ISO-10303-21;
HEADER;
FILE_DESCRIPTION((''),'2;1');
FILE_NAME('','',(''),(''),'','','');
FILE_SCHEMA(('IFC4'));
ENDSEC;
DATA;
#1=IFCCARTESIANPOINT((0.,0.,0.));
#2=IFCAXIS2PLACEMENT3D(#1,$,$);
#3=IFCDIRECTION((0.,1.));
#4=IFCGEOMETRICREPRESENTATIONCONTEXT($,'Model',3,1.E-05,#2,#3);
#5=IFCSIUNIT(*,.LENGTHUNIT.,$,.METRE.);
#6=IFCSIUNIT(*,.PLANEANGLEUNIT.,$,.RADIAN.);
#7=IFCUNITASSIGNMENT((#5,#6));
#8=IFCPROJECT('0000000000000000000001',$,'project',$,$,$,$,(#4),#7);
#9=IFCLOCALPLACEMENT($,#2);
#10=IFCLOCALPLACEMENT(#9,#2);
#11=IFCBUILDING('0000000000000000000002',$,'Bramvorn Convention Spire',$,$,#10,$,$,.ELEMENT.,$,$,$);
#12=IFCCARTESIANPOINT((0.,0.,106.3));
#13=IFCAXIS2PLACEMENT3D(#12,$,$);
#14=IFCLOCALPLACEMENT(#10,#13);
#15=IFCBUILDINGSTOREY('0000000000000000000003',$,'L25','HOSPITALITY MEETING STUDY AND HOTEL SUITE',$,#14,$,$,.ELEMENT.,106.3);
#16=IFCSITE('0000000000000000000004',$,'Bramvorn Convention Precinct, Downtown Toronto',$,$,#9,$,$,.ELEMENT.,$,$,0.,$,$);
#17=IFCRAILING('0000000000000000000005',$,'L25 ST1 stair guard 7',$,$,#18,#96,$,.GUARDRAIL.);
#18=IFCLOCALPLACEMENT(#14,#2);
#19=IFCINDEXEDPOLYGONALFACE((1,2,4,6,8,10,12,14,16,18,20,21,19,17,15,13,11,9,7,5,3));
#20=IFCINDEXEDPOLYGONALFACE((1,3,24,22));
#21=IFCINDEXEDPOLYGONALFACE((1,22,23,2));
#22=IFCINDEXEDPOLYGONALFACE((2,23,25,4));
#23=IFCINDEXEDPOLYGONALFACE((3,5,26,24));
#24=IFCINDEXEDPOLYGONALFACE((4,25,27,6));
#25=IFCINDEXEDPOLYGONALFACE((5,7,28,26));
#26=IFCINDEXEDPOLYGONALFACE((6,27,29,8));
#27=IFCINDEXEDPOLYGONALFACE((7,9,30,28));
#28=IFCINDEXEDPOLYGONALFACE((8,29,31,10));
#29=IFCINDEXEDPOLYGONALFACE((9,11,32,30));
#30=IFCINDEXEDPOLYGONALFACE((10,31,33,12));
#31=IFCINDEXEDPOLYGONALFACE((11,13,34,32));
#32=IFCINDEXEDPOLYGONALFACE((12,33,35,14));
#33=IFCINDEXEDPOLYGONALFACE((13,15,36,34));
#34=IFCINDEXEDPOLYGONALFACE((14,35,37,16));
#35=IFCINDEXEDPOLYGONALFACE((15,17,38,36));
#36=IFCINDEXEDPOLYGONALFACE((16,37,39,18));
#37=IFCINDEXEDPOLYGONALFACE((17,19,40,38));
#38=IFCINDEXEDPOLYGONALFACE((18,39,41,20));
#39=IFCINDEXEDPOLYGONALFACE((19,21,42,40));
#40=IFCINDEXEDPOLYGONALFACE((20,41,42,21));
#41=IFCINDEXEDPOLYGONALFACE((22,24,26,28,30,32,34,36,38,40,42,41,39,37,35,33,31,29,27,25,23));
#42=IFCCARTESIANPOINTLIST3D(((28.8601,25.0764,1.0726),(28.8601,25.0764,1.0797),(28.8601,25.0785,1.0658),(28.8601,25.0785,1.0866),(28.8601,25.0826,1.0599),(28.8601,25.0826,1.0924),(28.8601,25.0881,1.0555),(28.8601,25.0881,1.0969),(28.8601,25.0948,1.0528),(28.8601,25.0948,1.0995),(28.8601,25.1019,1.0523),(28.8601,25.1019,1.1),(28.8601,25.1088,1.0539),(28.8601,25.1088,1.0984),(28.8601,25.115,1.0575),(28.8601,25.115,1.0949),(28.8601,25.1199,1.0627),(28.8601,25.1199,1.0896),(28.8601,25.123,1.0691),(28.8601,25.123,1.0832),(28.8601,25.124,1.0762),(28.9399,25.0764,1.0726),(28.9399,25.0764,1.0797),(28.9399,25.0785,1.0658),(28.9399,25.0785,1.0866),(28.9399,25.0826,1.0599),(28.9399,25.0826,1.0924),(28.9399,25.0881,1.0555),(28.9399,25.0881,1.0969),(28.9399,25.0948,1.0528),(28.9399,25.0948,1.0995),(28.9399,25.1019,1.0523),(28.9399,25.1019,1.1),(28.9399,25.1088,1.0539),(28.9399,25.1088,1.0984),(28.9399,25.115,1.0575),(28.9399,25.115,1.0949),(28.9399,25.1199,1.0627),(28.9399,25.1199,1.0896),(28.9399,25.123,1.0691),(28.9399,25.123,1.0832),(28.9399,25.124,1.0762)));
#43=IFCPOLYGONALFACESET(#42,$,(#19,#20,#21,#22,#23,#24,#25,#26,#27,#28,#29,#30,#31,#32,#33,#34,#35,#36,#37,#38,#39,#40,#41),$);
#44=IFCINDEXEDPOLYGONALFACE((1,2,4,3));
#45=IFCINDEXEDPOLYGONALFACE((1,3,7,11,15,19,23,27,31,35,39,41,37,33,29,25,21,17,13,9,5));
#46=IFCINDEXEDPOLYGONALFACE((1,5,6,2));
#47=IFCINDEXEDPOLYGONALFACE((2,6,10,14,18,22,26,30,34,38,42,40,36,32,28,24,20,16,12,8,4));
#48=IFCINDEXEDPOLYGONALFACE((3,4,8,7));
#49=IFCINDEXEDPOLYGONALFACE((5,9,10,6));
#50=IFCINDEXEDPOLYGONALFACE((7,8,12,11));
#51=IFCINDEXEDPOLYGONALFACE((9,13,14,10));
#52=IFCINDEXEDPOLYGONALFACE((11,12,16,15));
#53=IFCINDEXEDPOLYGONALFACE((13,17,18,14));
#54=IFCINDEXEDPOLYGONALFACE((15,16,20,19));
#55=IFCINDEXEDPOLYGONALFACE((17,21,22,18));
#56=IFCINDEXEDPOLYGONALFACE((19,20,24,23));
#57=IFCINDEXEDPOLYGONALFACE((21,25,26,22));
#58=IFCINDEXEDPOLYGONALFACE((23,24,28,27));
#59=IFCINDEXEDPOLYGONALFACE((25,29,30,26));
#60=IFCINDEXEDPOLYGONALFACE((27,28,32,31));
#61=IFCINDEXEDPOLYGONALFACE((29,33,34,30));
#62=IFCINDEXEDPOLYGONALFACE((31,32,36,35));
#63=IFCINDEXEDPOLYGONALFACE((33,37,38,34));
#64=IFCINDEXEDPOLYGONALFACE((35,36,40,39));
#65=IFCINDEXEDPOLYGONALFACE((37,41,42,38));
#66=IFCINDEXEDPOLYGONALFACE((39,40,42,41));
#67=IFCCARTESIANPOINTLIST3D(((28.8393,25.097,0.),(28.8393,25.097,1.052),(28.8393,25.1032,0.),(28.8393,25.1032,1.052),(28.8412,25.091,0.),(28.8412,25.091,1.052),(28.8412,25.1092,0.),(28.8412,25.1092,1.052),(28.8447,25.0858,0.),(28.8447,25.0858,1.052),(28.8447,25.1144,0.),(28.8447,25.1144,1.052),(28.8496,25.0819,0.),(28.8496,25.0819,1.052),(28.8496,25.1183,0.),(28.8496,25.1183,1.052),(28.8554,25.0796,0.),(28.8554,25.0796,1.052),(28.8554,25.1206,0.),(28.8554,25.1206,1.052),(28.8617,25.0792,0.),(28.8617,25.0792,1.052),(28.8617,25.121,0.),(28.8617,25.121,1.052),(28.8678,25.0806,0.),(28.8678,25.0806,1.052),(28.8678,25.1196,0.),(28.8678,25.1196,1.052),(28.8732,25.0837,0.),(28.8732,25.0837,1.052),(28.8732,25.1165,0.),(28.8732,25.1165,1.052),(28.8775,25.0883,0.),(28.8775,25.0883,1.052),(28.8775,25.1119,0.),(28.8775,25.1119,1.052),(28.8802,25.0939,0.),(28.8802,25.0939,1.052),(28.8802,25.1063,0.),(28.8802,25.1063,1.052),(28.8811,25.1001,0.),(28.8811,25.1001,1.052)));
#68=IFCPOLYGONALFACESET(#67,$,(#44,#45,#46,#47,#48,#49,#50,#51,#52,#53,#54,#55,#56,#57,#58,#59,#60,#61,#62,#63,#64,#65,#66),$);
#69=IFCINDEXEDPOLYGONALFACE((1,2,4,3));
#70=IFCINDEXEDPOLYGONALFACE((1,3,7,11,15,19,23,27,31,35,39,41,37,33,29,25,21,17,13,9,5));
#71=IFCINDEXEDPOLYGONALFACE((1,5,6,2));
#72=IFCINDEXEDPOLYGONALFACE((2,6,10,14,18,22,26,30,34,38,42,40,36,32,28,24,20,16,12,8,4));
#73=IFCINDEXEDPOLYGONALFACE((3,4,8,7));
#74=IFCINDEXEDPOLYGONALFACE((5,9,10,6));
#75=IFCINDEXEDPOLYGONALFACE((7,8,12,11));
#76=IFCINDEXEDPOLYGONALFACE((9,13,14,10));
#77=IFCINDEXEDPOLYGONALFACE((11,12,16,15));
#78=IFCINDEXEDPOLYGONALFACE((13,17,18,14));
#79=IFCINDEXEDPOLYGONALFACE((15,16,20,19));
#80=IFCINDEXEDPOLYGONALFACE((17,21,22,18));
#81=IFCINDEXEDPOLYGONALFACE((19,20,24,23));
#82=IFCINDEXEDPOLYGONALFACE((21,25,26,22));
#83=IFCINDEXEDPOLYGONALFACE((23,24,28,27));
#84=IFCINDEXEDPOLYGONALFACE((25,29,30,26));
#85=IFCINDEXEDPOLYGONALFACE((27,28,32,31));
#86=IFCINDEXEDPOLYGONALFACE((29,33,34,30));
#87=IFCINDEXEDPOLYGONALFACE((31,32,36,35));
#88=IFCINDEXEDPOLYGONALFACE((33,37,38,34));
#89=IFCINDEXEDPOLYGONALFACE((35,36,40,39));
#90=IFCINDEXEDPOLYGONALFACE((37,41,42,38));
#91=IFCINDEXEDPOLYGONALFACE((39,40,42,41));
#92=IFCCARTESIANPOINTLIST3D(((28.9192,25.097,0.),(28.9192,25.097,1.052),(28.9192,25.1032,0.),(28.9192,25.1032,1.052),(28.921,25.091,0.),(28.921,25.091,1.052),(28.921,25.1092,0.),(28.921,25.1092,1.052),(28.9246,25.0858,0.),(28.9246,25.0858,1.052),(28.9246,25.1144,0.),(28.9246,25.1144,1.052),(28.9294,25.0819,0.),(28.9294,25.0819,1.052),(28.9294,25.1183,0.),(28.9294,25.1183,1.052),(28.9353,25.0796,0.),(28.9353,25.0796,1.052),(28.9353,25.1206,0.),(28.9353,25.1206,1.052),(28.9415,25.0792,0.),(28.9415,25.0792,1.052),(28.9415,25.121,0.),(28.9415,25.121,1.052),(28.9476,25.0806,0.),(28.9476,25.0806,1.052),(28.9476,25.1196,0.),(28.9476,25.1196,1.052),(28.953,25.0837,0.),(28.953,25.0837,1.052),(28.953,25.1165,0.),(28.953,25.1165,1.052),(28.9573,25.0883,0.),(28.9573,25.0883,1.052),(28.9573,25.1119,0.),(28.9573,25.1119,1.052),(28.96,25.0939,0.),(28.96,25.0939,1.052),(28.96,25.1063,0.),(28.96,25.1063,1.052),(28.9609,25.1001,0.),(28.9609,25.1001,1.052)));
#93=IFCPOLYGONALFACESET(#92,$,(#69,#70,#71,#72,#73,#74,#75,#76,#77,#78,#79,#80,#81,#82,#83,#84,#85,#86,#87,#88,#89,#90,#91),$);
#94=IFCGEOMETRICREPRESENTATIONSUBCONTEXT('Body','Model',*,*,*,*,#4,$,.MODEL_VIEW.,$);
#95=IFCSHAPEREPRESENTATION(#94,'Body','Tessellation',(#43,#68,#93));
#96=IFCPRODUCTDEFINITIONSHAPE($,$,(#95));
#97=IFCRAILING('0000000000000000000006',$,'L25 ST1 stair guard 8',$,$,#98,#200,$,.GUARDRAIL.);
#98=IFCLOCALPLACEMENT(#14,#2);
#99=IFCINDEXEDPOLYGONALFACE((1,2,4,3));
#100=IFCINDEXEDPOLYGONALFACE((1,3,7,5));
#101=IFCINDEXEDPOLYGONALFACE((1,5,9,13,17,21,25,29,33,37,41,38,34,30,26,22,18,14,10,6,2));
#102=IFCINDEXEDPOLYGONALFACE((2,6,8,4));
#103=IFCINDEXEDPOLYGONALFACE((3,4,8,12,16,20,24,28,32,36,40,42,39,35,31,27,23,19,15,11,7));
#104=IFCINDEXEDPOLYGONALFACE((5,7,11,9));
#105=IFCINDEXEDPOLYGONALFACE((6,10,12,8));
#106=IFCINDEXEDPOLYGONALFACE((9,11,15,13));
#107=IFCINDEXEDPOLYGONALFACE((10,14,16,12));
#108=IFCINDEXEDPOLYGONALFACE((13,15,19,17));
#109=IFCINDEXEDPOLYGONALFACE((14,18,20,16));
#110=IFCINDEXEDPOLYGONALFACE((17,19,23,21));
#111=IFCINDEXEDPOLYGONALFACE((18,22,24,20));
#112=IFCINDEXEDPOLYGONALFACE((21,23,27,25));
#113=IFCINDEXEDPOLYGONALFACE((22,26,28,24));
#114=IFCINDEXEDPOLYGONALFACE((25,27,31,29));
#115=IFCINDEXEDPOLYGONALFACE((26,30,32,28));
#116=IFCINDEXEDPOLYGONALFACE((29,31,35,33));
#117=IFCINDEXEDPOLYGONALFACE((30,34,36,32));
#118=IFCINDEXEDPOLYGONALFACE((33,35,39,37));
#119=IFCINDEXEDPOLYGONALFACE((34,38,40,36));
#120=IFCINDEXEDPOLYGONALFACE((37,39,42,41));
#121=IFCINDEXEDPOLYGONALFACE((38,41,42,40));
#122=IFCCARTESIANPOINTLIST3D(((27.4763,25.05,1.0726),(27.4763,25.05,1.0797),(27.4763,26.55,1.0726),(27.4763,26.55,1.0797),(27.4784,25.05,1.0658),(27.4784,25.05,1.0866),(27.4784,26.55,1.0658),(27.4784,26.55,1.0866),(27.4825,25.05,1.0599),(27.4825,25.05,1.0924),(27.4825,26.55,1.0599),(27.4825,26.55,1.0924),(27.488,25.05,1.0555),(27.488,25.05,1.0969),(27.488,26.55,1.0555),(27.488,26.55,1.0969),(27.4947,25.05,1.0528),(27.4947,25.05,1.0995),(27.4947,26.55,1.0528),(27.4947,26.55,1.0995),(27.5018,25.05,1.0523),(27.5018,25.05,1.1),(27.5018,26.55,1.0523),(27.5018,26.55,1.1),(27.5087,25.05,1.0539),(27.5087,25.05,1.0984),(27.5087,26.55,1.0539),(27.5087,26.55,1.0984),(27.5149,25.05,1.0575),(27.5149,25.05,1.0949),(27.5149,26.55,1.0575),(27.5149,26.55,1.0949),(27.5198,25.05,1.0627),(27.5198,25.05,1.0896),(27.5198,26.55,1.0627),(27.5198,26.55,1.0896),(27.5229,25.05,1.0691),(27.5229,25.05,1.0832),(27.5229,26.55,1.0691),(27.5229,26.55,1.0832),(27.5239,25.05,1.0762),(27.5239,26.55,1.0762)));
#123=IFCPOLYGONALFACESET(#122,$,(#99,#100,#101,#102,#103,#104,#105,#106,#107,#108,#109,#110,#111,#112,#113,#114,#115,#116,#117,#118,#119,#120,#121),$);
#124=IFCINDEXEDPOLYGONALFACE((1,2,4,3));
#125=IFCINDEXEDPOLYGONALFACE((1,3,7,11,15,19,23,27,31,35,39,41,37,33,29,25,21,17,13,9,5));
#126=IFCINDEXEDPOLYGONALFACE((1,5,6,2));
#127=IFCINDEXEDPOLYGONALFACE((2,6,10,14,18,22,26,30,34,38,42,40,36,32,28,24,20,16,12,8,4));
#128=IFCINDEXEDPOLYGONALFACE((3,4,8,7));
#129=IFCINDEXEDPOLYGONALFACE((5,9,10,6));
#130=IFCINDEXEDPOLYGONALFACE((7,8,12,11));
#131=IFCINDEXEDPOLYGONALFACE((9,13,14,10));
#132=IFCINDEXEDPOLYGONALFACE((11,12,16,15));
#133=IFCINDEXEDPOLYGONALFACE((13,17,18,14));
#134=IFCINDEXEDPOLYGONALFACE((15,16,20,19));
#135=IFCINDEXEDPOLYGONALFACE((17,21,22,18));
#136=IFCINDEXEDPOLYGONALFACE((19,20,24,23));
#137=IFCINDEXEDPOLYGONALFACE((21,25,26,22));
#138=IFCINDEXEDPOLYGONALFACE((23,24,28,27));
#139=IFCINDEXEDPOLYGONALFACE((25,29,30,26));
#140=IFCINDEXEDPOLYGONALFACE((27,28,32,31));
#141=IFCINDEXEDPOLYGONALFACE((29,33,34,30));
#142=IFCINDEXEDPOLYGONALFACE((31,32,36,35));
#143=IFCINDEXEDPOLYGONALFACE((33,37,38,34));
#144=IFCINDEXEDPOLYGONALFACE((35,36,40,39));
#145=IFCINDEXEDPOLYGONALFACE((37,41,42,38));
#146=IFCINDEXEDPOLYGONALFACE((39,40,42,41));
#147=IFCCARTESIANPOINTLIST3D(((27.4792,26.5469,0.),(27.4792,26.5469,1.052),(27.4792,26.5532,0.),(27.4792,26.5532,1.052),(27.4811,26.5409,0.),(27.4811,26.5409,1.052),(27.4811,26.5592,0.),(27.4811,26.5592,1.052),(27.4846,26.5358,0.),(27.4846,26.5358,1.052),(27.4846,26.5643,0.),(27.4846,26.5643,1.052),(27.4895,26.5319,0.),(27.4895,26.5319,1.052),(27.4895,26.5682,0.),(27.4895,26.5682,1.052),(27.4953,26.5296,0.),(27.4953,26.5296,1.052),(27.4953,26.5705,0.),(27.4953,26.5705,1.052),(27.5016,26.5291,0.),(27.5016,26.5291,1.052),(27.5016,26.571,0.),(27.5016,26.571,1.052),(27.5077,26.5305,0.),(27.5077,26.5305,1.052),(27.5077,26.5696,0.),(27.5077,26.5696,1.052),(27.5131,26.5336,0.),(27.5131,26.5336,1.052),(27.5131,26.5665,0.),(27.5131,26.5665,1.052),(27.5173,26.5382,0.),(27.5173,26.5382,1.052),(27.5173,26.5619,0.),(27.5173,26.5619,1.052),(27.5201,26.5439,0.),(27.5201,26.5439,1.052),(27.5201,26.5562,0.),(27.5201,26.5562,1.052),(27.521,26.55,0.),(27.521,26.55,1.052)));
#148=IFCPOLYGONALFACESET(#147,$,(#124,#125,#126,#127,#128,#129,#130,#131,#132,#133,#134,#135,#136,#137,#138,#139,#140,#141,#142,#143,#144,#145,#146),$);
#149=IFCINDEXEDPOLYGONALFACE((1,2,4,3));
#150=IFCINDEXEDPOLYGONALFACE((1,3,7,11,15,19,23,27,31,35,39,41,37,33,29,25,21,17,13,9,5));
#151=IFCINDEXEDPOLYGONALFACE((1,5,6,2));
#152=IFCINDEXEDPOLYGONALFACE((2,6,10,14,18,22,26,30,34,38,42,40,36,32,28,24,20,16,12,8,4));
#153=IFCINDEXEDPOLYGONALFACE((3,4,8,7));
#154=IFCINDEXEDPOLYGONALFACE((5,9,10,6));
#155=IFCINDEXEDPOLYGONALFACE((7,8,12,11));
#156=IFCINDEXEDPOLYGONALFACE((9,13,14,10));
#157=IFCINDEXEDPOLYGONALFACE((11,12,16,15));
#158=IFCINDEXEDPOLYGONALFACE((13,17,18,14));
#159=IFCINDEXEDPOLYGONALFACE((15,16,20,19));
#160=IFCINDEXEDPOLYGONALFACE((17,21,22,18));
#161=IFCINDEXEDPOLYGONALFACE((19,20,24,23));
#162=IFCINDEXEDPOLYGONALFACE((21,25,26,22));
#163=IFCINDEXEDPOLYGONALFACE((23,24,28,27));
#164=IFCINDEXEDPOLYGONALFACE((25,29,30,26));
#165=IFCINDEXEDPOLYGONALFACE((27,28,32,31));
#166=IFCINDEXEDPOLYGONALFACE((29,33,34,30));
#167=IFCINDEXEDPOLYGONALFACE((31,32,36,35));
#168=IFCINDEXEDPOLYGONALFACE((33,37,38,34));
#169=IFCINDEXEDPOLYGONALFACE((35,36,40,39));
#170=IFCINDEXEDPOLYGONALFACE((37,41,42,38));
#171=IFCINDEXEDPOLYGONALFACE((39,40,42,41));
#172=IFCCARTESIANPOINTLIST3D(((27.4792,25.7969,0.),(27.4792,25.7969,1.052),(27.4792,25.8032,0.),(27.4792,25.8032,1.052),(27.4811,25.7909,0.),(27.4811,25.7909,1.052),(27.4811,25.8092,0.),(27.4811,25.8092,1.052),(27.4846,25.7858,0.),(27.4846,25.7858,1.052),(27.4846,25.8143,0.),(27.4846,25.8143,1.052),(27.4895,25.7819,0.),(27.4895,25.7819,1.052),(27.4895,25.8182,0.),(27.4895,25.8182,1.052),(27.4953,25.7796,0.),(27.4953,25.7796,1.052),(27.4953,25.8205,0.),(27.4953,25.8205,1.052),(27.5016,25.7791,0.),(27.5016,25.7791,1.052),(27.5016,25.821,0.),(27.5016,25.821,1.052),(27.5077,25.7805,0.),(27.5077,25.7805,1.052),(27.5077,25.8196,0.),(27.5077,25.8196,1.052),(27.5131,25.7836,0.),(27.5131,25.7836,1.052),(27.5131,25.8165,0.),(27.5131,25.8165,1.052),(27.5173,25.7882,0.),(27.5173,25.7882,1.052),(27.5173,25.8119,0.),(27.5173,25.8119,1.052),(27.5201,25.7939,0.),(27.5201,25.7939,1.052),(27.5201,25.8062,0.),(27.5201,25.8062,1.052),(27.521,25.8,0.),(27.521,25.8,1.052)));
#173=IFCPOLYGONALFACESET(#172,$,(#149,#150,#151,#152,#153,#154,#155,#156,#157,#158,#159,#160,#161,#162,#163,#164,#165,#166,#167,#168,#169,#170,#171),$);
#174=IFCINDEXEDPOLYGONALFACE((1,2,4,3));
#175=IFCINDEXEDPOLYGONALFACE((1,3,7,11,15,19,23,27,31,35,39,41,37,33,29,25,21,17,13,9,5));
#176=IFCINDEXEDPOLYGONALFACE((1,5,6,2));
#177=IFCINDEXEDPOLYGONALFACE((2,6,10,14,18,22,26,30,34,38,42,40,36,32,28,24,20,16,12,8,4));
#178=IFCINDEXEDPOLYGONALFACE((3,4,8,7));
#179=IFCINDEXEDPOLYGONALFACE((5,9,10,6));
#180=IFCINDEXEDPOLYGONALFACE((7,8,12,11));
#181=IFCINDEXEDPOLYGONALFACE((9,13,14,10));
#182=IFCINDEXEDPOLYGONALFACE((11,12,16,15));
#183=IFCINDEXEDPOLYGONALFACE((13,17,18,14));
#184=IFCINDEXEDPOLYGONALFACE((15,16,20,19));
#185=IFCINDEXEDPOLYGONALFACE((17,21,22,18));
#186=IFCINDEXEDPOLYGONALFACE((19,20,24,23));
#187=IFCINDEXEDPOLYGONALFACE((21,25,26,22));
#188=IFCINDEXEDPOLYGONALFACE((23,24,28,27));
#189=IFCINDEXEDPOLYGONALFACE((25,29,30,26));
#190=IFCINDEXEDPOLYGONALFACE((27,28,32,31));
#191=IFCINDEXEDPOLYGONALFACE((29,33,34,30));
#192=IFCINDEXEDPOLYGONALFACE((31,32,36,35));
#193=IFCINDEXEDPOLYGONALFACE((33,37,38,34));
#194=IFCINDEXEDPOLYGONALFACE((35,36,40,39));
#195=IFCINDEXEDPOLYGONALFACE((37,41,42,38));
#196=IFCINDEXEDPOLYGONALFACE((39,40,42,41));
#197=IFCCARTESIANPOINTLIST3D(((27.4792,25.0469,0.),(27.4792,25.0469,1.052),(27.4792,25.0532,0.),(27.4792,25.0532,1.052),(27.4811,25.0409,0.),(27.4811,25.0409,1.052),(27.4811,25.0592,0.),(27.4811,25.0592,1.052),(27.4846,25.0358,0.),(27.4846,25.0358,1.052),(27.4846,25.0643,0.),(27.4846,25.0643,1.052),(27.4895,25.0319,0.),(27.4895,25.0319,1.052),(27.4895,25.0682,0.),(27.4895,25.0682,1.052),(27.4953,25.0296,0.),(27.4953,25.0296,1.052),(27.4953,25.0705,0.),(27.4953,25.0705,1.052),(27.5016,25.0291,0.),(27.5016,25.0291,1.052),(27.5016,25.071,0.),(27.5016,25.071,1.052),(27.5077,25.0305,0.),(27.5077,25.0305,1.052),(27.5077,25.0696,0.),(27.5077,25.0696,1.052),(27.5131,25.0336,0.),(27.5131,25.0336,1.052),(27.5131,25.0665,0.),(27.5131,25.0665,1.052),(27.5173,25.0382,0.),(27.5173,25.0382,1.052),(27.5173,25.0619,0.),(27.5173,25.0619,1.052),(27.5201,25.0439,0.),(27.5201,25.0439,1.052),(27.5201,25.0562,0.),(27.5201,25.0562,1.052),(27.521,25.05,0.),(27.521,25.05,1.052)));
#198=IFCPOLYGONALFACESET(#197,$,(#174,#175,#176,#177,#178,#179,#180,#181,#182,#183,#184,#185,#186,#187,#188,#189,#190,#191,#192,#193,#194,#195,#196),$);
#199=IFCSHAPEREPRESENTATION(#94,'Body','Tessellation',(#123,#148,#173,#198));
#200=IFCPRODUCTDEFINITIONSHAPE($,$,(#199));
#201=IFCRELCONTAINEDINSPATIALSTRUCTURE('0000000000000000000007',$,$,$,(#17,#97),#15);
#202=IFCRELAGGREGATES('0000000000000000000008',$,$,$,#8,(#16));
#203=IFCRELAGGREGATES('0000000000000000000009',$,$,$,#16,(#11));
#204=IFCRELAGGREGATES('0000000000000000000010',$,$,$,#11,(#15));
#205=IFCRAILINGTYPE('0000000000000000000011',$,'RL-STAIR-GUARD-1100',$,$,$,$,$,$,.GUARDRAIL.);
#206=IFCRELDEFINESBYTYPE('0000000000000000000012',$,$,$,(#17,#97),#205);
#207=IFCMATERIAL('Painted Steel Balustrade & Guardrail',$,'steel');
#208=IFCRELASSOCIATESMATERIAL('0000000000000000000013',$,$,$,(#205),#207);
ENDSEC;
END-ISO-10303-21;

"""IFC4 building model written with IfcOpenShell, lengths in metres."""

from ifc_helpers import new_model, si_unit, direction, frame, origin, origin_2d, place, context, subcontext, project, spatial, circle, extrude, material, type_object, element, save


model = new_model("IFC4")

# Units and contexts
model_context = context("Model", 3, precision=1e-05, world=origin(), true_north=direction((0.0, 1.0)))
body_context = subcontext(model_context, "Body", "Model", "MODEL_VIEW")
ifc_project = project(units=[si_unit("LENGTHUNIT", "METRE"), si_unit("PLANEANGLEUNIT", "RADIAN")], contexts=[model_context])

# Site, building, storey
site_placement = place(None, origin())
site = spatial("IfcSite", under=ifc_project, at=site_placement, Name="Bramvorn Convention Precinct, Downtown Toronto", CompositionType="ELEMENT", RefElevation=0.0)
building_placement = place(site_placement, origin())
building = spatial("IfcBuilding", under=site, at=building_placement, Name="Bramvorn Convention Spire", CompositionType="ELEMENT")
storey_placement = place(building_placement, frame((0.0, 0.0, 106.3)))
storey = spatial("IfcBuildingStorey", under=building, at=storey_placement, Name="L25", Description="HOSPITALITY MEETING STUDY AND HOTEL SUITE", CompositionType="ELEMENT", Elevation=106.3)

# Railings
ifc_material_1 = material(Name="Painted Steel Balustrade & Guardrail", Category="steel")
railing_type_1 = type_object("IfcRailingType", Name="RL-STAIR-GUARD-1100", PredefinedType="GUARDRAIL", material=ifc_material_1)
railing_1_placement = place(storey_placement, frame((28.8601, 25.1001, 0.0)))
element("IfcRailing", 1, at=railing_1_placement, inside=storey, type_object=railing_type_1, Name="L25 ST1 stair guard 7", PredefinedType="GUARDRAIL", context=body_context, shape_type="SweptSolid", body=[
    extrude(circle(Radius=0.0239, at=origin_2d()), frame((0.0, 0.0, 1.0762), z_axis=(1.0, 0.0, 0.0), x_axis=(0.0, 1.0, 0.0)), (0.0, 0.0, 1.0), 0.0798),
    extrude(circle(Radius=0.021, at=origin_2d()), origin(), (0.0, 0.0, 1.0), 1.052),
    extrude(circle(Radius=0.021, at=origin_2d()), frame((0.0798, 0.0, 0.0)), (0.0, 0.0, 1.0), 1.052),
])
for number, where, name in (
    (2, (27.5, 26.55, 0.0), "L25 ST1 stair guard 8"),
):
    element("IfcRailing", number, at=place(storey_placement, frame(where)), inside=storey, type_object=railing_type_1, Name=name, PredefinedType="GUARDRAIL", context=body_context, shape_type="SweptSolid", body=[
        extrude(circle(Radius=0.0239, at=origin_2d()), frame((0.0, 0.0, 1.0762), z_axis=(0.0, -1.0, 0.0), x_axis=(1.0, 0.0, 0.0)), (0.0, 0.0, 1.0), 1.5),
        extrude(circle(Radius=0.021, at=origin_2d()), origin(), (0.0, 0.0, 1.0), 1.052),
        extrude(circle(Radius=0.021, at=origin_2d()), frame((0.0, -0.75, 0.0)), (0.0, 0.0, 1.0), 1.052),
        extrude(circle(Radius=0.021, at=origin_2d()), frame((0.0, -1.5, 0.0)), (0.0, 0.0, 1.0), 1.052),
    ])

save(model, "model.ifc")
